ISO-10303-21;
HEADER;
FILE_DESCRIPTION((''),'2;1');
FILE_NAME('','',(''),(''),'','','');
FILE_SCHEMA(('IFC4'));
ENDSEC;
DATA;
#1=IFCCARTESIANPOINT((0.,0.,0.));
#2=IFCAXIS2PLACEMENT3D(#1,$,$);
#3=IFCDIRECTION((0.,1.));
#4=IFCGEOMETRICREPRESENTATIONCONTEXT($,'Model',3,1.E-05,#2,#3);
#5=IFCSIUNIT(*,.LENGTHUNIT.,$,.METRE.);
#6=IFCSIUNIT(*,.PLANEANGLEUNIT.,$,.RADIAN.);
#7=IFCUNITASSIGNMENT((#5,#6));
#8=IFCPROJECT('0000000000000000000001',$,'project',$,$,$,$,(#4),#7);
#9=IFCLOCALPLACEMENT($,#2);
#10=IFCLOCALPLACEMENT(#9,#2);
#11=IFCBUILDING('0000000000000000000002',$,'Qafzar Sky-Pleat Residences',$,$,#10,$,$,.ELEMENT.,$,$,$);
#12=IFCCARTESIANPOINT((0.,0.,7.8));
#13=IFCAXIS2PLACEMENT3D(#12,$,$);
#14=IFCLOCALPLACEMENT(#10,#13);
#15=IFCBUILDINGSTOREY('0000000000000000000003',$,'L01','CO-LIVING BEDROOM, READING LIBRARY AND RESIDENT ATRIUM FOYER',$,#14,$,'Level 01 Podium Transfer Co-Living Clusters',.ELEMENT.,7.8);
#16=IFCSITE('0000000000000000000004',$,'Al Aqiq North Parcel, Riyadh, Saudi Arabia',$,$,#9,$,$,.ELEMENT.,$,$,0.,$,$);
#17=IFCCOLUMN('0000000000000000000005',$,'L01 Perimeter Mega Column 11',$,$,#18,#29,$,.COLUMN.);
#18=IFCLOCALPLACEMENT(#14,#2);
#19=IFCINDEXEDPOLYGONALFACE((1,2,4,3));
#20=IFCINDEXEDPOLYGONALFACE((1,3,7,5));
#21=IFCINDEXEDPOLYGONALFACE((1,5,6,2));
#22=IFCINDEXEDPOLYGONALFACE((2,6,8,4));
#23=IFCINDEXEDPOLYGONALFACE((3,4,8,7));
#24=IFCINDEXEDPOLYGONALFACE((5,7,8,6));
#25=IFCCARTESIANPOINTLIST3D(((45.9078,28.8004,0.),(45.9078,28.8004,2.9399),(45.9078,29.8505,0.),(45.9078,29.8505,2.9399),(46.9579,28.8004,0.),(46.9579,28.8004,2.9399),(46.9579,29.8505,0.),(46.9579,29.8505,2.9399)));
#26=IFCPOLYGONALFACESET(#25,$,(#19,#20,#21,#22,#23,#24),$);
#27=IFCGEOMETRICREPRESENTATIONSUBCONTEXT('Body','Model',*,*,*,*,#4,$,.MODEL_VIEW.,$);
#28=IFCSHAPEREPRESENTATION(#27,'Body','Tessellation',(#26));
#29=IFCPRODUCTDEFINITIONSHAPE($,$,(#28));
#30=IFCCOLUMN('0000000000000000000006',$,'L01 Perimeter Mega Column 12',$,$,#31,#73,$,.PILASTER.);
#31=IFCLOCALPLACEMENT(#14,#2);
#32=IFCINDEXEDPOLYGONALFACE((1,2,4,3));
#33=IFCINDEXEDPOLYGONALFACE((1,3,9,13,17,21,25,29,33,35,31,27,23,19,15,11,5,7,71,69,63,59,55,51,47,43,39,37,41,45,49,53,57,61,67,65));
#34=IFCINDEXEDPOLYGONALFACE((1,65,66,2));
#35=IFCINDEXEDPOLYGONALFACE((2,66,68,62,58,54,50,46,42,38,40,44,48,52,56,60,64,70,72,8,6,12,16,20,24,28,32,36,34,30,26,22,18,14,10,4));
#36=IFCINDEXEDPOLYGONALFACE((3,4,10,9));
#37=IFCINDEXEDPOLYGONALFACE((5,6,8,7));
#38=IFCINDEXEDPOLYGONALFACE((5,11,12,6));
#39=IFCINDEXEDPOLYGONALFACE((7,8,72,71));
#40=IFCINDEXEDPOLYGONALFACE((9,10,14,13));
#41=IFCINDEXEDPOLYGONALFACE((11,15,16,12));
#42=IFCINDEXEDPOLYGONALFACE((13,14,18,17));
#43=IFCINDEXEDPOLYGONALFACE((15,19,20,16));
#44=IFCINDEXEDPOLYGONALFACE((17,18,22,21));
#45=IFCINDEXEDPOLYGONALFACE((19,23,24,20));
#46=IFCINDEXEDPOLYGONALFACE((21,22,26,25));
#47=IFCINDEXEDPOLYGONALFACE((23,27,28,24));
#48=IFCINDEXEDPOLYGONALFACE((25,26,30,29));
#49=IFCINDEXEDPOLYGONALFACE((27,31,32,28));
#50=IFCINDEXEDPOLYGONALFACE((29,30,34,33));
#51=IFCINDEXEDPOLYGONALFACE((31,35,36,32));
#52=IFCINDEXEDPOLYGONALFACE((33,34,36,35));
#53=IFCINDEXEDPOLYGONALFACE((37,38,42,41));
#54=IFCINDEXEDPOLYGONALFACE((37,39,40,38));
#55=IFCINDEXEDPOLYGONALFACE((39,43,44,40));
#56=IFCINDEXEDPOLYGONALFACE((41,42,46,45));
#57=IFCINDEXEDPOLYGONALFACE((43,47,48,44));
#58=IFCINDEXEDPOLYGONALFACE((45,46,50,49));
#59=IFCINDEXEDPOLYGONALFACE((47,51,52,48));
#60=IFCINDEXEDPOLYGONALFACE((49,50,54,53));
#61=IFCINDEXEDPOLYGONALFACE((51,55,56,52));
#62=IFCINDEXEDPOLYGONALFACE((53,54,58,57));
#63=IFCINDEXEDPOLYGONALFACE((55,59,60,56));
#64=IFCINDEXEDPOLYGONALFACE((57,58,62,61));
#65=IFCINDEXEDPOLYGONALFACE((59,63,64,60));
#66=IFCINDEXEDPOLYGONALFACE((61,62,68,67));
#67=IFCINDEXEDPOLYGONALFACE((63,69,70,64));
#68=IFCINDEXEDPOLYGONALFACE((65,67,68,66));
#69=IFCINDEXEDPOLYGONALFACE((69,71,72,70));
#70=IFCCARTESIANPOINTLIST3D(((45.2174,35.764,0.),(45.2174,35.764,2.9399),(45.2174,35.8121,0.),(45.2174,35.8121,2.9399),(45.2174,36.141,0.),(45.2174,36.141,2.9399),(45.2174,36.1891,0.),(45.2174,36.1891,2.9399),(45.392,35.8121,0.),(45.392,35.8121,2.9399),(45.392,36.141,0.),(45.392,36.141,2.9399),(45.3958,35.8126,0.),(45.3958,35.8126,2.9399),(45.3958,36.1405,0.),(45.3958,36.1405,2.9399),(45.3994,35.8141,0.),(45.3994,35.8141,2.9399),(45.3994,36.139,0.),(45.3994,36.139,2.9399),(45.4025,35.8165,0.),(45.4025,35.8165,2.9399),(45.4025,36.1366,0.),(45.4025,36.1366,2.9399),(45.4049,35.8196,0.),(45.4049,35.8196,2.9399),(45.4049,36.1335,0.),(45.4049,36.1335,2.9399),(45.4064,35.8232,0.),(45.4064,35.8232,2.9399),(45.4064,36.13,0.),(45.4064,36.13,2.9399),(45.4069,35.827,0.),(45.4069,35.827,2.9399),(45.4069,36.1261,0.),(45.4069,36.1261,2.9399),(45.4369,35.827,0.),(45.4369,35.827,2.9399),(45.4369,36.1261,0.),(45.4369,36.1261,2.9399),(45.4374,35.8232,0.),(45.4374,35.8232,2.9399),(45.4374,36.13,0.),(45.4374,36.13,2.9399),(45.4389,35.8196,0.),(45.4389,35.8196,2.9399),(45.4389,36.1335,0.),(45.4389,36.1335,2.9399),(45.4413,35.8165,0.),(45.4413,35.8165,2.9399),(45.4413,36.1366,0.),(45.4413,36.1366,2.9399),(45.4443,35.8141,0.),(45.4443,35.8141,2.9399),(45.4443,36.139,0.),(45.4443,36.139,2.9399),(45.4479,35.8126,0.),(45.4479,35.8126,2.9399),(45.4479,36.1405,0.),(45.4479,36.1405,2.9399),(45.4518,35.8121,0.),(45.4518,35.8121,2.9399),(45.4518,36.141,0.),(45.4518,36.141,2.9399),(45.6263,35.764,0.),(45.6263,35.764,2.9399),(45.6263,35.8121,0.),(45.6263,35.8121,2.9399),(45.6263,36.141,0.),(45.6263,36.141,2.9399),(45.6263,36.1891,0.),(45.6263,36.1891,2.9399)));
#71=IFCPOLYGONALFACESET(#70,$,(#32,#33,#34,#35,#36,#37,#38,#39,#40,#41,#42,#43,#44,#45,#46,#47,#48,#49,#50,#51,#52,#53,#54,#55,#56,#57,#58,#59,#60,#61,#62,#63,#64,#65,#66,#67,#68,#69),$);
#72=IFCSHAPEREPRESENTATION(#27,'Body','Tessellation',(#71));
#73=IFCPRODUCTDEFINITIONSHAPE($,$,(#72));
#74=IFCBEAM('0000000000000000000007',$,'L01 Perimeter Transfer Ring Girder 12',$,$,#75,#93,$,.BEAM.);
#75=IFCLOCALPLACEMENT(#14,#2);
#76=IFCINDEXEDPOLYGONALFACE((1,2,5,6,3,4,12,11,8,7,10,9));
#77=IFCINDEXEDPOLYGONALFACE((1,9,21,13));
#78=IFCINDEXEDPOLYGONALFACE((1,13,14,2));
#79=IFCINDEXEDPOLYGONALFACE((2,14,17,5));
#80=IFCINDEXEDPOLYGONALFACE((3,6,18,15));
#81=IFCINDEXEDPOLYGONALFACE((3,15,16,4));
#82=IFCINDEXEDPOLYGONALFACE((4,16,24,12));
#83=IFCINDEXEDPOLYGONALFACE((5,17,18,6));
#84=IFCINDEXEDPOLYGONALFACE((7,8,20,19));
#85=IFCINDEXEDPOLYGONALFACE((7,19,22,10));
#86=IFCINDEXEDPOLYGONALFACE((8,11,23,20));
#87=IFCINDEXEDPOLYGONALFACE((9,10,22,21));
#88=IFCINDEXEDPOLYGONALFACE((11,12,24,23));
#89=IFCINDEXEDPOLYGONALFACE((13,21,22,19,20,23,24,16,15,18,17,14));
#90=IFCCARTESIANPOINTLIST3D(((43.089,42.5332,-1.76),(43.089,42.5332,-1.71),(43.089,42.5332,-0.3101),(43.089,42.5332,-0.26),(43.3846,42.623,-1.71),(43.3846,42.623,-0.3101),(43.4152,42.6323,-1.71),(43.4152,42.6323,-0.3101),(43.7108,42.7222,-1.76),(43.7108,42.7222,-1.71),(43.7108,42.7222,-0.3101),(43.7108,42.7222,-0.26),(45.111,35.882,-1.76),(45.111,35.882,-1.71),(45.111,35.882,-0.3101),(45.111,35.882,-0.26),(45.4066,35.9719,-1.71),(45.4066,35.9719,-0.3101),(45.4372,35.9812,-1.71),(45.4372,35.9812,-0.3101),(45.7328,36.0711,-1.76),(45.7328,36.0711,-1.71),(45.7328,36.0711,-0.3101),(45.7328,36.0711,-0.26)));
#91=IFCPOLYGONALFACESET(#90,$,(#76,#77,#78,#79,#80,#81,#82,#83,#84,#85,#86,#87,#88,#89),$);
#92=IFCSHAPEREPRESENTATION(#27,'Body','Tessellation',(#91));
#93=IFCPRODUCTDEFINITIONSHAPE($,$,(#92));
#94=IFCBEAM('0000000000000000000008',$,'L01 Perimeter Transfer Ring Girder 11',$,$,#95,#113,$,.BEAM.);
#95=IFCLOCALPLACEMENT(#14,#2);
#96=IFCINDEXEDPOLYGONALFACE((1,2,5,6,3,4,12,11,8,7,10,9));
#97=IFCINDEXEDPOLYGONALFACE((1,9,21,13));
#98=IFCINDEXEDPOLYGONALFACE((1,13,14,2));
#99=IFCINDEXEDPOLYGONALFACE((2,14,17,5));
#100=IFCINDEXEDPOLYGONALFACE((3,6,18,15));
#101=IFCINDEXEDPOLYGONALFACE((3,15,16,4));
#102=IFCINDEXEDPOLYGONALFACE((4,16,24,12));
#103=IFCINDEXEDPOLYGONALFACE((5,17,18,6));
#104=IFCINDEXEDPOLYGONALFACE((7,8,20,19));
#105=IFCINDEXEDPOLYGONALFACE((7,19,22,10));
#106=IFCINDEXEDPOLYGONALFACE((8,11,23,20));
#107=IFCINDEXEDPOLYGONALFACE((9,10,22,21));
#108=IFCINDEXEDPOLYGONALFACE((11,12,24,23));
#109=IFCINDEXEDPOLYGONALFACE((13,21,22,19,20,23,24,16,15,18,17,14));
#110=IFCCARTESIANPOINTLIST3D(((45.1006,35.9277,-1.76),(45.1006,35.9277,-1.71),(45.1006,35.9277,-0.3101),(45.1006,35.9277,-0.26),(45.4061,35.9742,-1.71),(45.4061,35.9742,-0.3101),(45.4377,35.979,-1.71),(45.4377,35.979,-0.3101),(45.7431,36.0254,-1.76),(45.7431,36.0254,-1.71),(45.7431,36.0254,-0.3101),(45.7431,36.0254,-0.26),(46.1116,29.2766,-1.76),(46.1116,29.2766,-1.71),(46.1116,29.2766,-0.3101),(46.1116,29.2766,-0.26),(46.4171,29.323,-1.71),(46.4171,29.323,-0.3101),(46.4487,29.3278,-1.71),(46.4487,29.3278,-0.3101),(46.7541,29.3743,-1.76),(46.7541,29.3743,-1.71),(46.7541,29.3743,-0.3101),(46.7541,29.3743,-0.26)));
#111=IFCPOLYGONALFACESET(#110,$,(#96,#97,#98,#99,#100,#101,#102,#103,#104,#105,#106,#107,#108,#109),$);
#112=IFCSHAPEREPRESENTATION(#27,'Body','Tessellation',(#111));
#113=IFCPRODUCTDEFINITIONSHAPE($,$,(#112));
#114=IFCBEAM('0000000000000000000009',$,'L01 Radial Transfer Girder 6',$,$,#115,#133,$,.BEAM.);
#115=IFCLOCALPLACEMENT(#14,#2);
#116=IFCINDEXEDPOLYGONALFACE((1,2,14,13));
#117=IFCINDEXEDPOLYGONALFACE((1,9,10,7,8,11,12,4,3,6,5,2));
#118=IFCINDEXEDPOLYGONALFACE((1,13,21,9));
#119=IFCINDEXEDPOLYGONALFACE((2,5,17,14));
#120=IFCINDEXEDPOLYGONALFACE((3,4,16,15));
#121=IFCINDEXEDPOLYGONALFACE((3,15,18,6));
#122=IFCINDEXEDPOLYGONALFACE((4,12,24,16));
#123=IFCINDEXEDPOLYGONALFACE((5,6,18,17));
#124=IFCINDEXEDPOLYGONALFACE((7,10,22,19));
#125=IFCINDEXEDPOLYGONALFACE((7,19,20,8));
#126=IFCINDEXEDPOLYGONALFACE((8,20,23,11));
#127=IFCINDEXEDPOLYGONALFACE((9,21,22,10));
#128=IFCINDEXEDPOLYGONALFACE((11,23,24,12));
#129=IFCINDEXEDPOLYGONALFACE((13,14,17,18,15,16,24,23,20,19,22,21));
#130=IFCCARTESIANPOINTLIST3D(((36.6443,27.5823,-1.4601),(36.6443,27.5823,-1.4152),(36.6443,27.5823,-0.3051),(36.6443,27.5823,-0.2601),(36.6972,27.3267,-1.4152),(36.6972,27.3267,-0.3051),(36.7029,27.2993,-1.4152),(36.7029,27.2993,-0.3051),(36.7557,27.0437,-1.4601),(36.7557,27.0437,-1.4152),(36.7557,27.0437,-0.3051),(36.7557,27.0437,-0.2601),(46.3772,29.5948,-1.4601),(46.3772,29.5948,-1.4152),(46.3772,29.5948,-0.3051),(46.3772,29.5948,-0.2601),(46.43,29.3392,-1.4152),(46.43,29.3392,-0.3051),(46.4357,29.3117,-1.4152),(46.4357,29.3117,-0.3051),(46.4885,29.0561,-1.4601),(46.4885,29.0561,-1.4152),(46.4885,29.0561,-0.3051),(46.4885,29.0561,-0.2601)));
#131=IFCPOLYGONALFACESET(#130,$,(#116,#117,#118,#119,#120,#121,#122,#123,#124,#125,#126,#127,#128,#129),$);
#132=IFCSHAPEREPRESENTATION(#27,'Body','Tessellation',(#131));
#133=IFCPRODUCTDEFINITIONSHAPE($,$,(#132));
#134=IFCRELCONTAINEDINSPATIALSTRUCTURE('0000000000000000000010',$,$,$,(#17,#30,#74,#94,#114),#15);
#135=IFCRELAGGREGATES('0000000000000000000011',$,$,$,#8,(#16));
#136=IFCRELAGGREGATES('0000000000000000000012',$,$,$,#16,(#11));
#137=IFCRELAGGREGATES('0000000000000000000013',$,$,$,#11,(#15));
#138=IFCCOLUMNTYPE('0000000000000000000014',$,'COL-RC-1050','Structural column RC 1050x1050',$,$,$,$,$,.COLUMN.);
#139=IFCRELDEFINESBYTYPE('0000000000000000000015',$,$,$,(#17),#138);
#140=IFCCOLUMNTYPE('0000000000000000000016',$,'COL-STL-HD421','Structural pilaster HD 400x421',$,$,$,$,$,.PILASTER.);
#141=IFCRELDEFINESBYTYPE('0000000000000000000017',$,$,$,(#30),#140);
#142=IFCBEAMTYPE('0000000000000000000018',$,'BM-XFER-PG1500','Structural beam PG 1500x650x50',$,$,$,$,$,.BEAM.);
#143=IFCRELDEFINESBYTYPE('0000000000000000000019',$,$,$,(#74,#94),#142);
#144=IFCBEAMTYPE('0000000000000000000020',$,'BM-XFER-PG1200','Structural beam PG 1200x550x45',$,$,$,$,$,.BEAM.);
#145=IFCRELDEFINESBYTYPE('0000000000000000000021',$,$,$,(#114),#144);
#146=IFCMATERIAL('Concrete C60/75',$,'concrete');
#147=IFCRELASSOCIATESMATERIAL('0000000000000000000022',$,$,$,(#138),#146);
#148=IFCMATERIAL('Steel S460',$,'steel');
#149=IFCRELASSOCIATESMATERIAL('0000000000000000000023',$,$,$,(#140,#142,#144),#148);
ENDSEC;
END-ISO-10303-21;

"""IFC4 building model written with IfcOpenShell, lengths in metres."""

from ifc_helpers import new_model, si_unit, direction, frame, origin, origin_2d, place, context, subcontext, project, spatial, rectangle, i_section, extrude, source, transform, mapped, material, material_profile, profile_set, type_object, element, save


model = new_model("IFC4")

# Units and contexts
model_context = context("Model", 3, precision=1e-05, world=origin(), true_north=direction((0.0, 1.0)))
body_context = subcontext(model_context, "Body", "Model", "MODEL_VIEW")
ifc_project = project(units=[si_unit("LENGTHUNIT", "METRE"), si_unit("PLANEANGLEUNIT", "RADIAN")], contexts=[model_context])

# Site, building, storey
site_placement = place(None, origin())
site = spatial("IfcSite", under=ifc_project, at=site_placement, Name="Al Aqiq North Parcel, Riyadh, Saudi Arabia", CompositionType="ELEMENT", RefElevation=0.0)
building_placement = place(site_placement, origin())
building = spatial("IfcBuilding", under=site, at=building_placement, Name="Qafzar Sky-Pleat Residences", CompositionType="ELEMENT")
storey_placement = place(building_placement, frame((0.0, 0.0, 7.8)))
storey = spatial("IfcBuildingStorey", under=building, at=storey_placement, Name="L01", Description="CO-LIVING BEDROOM, READING LIBRARY AND RESIDENT ATRIUM FOYER", LongName="Level 01 Podium Transfer Co-Living Clusters", CompositionType="ELEMENT", Elevation=7.8)

# Columns
ifc_material_1 = material(Name="Concrete C60/75", Category="concrete")
ifc_material_profile_1 = material_profile(ifc_material_1, rectangle(XDim=1.05, YDim=1.05, at=origin_2d()), Name="RC 1050x1050")
ifc_profile_set_1 = profile_set([ifc_material_profile_1], Name="Concrete C60/75")
column_type_1 = type_object("IfcColumnType", Name="COL-RC-1050", Description="Structural column RC 1050x1050", PredefinedType="COLUMN", material=ifc_profile_set_1)
shared_shape_1 = source(origin(), body_context, "Body", "SweptSolid", [
    extrude(rectangle(XDim=1.05, YDim=1.05, at=origin_2d()), origin(), (0.0, 0.0, 1.0), 2.9399),
])
column_1_placement = place(storey_placement, frame((46.4329, 29.3254, 0.0), z_axis=(0.0, 0.0, 1.0), x_axis=(1.0, 0.0, 0.0)))
element("IfcColumn", 1, at=column_1_placement, inside=storey, type_object=column_type_1, Name="L01 Perimeter Mega Column 11", PredefinedType="COLUMN", context=body_context, shape_type="MappedRepresentation", body=[
    mapped(shared_shape_1, transform((0.0, 0.0, 0.0), x_axis=(1.0, 0.0, 0.0), y_axis=(0.0, 1.0, 0.0), z_axis=(0.0, 0.0, 1.0), scale=1.0)),
])
ifc_material_2 = material(Name="Steel S460", Category="steel")
ifc_material_profile_2 = material_profile(ifc_material_2, i_section(OverallWidth=0.4089, OverallDepth=0.425, WebThickness=0.03, FlangeThickness=0.0481, FilletRadius=0.0149, at=origin_2d()), Name="HD 400x421")
ifc_profile_set_2 = profile_set([ifc_material_profile_2], Name="Steel S460")
column_type_2 = type_object("IfcColumnType", Name="COL-STL-HD421", Description="Structural pilaster HD 400x421", PredefinedType="PILASTER", material=ifc_profile_set_2)
shared_shape_2 = source(origin(), body_context, "Body", "SweptSolid", [
    extrude(i_section(OverallWidth=0.4089, OverallDepth=0.425, WebThickness=0.03, FlangeThickness=0.0481, FilletRadius=0.0149, at=origin_2d()), origin(), (0.0, 0.0, 1.0), 2.9399),
])
column_2_placement = place(storey_placement, frame((45.4219, 35.9766, 0.0), z_axis=(0.0, 0.0, 1.0), x_axis=(1.0, 0.0, 0.0)))
element("IfcColumn", 2, at=column_2_placement, inside=storey, type_object=column_type_2, Name="L01 Perimeter Mega Column 12", PredefinedType="PILASTER", context=body_context, shape_type="MappedRepresentation", body=[
    mapped(shared_shape_2, transform((0.0, 0.0, 0.0), x_axis=(1.0, 0.0, 0.0), y_axis=(0.0, 1.0, 0.0), z_axis=(0.0, 0.0, 1.0), scale=1.0)),
])

# Beams
ifc_material_profile_3 = material_profile(ifc_material_2, i_section(OverallWidth=0.6499, OverallDepth=1.5, WebThickness=0.032, FlangeThickness=0.05, at=origin_2d()), Name="PG 1500x650x50")
ifc_profile_set_3 = profile_set([ifc_material_profile_3], Name="Steel S460")
beam_type_1 = type_object("IfcBeamType", Name="BM-XFER-PG1500", Description="Structural beam PG 1500x650x50", PredefinedType="BEAM", material=ifc_profile_set_3)
shared_shape_3 = source(origin(), body_context, "Body", "SweptSolid", [
    extrude(i_section(OverallWidth=0.6499, OverallDepth=1.5, WebThickness=0.032, FlangeThickness=0.05, at=origin_2d()), origin(), (0.0, 0.0, 1.0), 6.9517),
])
beam_1_placement = place(storey_placement, frame((45.4219, 35.9766, -1.01), z_axis=(-0.290861, 0.956765, 0.0), x_axis=(-0.956765, -0.290861, 0.0)))
element("IfcBeam", 3, at=beam_1_placement, inside=storey, type_object=beam_type_1, Name="L01 Perimeter Transfer Ring Girder 12", PredefinedType="BEAM", context=body_context, shape_type="MappedRepresentation", body=[
    mapped(shared_shape_3, transform((0.0, 0.0, 0.0), x_axis=(1.0, 0.0, 0.0), y_axis=(0.0, 1.0, 0.0), z_axis=(0.0, 0.0, 1.0), scale=1.0)),
])
shared_shape_4 = source(origin(), body_context, "Body", "SweptSolid", [
    extrude(i_section(OverallWidth=0.6499, OverallDepth=1.5, WebThickness=0.032, FlangeThickness=0.05, at=origin_2d()), origin(), (0.0, 0.0, 1.0), 6.7275),
])
beam_2_placement = place(storey_placement, frame((46.4329, 29.3254, -1.01), z_axis=(-0.150276, 0.988644, 0.0), x_axis=(-0.988644, -0.150276, 0.0)))
element("IfcBeam", 4, at=beam_2_placement, inside=storey, type_object=beam_type_1, Name="L01 Perimeter Transfer Ring Girder 11", PredefinedType="BEAM", context=body_context, shape_type="MappedRepresentation", body=[
    mapped(shared_shape_4, transform((0.0, 0.0, 0.0), x_axis=(1.0, 0.0, 0.0), y_axis=(0.0, 1.0, 0.0), z_axis=(0.0, 0.0, 1.0), scale=1.0)),
])
ifc_material_profile_4 = material_profile(ifc_material_2, i_section(OverallWidth=0.55, OverallDepth=1.2, WebThickness=0.0281, FlangeThickness=0.0449, at=origin_2d()), Name="PG 1200x550x45")
ifc_profile_set_4 = profile_set([ifc_material_profile_4], Name="Steel S460")
beam_type_2 = type_object("IfcBeamType", Name="BM-XFER-PG1200", Description="Structural beam PG 1200x550x45", PredefinedType="BEAM", material=ifc_profile_set_4)
shared_shape_5 = source(origin(), body_context, "Body", "SweptSolid", [
    extrude(i_section(OverallWidth=0.55, OverallDepth=1.2, WebThickness=0.0281, FlangeThickness=0.0449, at=origin_2d()), origin(), (0.0, 0.0, 1.0), 9.9387),
])
beam_3_placement = place(storey_placement, frame((46.4329, 29.3254, -0.8601), z_axis=(-0.979285, -0.202485, 0.0), x_axis=(0.202485, -0.979285, 0.0)))
element("IfcBeam", 5, at=beam_3_placement, inside=storey, type_object=beam_type_2, Name="L01 Radial Transfer Girder 6", PredefinedType="BEAM", context=body_context, shape_type="MappedRepresentation", body=[
    mapped(shared_shape_5, transform((0.0, 0.0, 0.0), x_axis=(1.0, 0.0, 0.0), y_axis=(0.0, 1.0, 0.0), z_axis=(0.0, 0.0, 1.0), scale=1.0)),
])

save(model, "model.ifc")
